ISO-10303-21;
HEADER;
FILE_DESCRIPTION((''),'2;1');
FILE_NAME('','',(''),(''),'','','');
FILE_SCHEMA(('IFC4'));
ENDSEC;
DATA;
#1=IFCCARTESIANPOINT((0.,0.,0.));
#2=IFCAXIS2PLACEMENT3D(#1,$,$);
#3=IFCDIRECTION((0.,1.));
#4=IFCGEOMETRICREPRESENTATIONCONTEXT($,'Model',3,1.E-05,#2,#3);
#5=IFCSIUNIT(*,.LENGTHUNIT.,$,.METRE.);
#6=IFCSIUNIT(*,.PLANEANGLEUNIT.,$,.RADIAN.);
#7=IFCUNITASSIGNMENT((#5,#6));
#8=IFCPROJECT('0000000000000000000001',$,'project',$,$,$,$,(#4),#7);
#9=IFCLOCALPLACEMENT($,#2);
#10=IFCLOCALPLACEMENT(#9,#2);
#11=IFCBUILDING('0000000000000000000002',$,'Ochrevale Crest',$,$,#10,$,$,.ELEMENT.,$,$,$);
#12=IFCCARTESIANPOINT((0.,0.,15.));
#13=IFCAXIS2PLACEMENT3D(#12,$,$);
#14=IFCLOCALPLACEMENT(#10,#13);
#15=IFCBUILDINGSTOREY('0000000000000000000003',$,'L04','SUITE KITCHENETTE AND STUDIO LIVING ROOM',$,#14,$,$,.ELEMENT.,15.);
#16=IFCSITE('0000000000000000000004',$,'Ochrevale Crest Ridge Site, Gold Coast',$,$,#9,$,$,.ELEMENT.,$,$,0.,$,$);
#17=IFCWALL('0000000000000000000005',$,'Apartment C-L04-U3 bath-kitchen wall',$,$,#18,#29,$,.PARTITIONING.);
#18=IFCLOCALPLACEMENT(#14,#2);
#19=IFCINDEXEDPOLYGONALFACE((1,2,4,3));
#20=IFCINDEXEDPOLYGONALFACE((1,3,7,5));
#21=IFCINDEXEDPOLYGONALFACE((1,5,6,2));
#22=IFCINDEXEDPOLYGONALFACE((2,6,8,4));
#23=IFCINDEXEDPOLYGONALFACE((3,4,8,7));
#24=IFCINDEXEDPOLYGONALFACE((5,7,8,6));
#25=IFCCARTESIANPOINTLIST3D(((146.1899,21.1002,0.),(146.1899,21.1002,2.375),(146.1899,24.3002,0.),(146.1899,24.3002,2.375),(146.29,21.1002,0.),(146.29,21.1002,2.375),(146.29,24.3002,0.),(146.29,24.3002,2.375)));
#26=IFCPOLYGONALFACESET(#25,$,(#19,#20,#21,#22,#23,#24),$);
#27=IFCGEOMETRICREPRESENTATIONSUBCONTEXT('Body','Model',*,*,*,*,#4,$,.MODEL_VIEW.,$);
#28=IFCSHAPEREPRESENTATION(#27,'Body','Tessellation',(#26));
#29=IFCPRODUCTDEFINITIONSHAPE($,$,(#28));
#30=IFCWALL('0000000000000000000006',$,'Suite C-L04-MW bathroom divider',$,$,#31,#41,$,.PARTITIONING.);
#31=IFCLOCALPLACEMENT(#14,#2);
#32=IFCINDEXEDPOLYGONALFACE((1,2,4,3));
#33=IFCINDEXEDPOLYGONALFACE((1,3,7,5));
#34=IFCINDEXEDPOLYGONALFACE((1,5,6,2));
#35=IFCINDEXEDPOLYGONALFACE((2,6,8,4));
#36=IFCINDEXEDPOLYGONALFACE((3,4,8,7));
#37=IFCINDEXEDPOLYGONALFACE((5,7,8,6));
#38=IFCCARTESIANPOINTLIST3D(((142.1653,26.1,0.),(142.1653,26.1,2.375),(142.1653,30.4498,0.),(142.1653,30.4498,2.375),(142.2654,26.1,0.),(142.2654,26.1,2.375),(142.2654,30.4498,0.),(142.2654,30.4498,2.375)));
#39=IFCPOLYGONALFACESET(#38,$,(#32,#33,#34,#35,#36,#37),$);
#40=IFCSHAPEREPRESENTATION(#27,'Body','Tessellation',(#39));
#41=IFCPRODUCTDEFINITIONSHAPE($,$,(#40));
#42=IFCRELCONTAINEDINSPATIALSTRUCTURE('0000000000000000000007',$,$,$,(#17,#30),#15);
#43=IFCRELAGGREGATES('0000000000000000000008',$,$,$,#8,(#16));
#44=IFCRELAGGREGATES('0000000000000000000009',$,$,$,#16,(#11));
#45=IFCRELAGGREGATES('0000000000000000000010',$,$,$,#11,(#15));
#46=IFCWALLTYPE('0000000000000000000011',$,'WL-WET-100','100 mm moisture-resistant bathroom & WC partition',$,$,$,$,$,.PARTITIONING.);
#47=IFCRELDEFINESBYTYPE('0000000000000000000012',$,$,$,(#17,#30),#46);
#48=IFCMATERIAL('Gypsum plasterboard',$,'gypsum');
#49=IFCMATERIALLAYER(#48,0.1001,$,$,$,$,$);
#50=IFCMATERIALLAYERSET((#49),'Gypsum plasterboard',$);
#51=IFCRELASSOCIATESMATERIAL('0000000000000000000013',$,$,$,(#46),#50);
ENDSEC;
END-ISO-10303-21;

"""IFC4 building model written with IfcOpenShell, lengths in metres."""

from ifc_helpers import new_model, si_unit, direction, frame, frame_2d, origin, place, context, subcontext, project, spatial, rectangle, extrude, material, layer, layer_set, type_object, element, save


model = new_model("IFC4")

# Units and contexts
model_context = context("Model", 3, precision=1e-05, world=origin(), true_north=direction((0.0, 1.0)))
body_context = subcontext(model_context, "Body", "Model", "MODEL_VIEW")
ifc_project = project(units=[si_unit("LENGTHUNIT", "METRE"), si_unit("PLANEANGLEUNIT", "RADIAN")], contexts=[model_context])

# Site, building, storey
site_placement = place(None, origin())
site = spatial("IfcSite", under=ifc_project, at=site_placement, Name="Ochrevale Crest Ridge Site, Gold Coast", CompositionType="ELEMENT", RefElevation=0.0)
building_placement = place(site_placement, origin())
building = spatial("IfcBuilding", under=site, at=building_placement, Name="Ochrevale Crest", CompositionType="ELEMENT")
storey_placement = place(building_placement, frame((0.0, 0.0, 15.0)))
storey = spatial("IfcBuildingStorey", under=building, at=storey_placement, Name="L04", Description="SUITE KITCHENETTE AND STUDIO LIVING ROOM", CompositionType="ELEMENT", Elevation=15.0)

# Shared definitions
ifc_material_1 = material(Name="Gypsum plasterboard", Category="gypsum")

# Walls
ifc_layer_1 = layer(ifc_material_1, 0.1001)
ifc_layer_set_1 = layer_set([ifc_layer_1], Name="Gypsum plasterboard")
wall_type_1 = type_object("IfcWallType", Name="WL-WET-100", Description="100 mm moisture-resistant bathroom & WC partition", PredefinedType="PARTITIONING", material=ifc_layer_set_1)
wall_1_placement = place(storey_placement, frame((146.24, 21.1001, 0.0), z_axis=(0.0, 0.0, 1.0), x_axis=(0.0, 1.0, 0.0)))
element("IfcWall", 1, at=wall_1_placement, inside=storey, type_object=wall_type_1, Name="Apartment C-L04-U3 bath-kitchen wall", PredefinedType="PARTITIONING", context=body_context, shape_type="SweptSolid", body=[
    extrude(rectangle(XDim=3.2, YDim=0.1001, at=frame_2d((1.6001, 0.0))), origin(), (0.0, 0.0, 1.0), 2.375),
])
wall_2_placement = place(storey_placement, frame((142.2153, 26.1001, 0.0), z_axis=(0.0, 0.0, 1.0), x_axis=(0.0, 1.0, 0.0)))
element("IfcWall", 2, at=wall_2_placement, inside=storey, type_object=wall_type_1, Name="Suite C-L04-MW bathroom divider", PredefinedType="PARTITIONING", context=body_context, shape_type="SweptSolid", body=[
    extrude(rectangle(XDim=4.3499, YDim=0.1001, at=frame_2d((2.1748, 0.0))), origin(), (0.0, 0.0, 1.0), 2.375),
])

save(model, "model.ifc")
